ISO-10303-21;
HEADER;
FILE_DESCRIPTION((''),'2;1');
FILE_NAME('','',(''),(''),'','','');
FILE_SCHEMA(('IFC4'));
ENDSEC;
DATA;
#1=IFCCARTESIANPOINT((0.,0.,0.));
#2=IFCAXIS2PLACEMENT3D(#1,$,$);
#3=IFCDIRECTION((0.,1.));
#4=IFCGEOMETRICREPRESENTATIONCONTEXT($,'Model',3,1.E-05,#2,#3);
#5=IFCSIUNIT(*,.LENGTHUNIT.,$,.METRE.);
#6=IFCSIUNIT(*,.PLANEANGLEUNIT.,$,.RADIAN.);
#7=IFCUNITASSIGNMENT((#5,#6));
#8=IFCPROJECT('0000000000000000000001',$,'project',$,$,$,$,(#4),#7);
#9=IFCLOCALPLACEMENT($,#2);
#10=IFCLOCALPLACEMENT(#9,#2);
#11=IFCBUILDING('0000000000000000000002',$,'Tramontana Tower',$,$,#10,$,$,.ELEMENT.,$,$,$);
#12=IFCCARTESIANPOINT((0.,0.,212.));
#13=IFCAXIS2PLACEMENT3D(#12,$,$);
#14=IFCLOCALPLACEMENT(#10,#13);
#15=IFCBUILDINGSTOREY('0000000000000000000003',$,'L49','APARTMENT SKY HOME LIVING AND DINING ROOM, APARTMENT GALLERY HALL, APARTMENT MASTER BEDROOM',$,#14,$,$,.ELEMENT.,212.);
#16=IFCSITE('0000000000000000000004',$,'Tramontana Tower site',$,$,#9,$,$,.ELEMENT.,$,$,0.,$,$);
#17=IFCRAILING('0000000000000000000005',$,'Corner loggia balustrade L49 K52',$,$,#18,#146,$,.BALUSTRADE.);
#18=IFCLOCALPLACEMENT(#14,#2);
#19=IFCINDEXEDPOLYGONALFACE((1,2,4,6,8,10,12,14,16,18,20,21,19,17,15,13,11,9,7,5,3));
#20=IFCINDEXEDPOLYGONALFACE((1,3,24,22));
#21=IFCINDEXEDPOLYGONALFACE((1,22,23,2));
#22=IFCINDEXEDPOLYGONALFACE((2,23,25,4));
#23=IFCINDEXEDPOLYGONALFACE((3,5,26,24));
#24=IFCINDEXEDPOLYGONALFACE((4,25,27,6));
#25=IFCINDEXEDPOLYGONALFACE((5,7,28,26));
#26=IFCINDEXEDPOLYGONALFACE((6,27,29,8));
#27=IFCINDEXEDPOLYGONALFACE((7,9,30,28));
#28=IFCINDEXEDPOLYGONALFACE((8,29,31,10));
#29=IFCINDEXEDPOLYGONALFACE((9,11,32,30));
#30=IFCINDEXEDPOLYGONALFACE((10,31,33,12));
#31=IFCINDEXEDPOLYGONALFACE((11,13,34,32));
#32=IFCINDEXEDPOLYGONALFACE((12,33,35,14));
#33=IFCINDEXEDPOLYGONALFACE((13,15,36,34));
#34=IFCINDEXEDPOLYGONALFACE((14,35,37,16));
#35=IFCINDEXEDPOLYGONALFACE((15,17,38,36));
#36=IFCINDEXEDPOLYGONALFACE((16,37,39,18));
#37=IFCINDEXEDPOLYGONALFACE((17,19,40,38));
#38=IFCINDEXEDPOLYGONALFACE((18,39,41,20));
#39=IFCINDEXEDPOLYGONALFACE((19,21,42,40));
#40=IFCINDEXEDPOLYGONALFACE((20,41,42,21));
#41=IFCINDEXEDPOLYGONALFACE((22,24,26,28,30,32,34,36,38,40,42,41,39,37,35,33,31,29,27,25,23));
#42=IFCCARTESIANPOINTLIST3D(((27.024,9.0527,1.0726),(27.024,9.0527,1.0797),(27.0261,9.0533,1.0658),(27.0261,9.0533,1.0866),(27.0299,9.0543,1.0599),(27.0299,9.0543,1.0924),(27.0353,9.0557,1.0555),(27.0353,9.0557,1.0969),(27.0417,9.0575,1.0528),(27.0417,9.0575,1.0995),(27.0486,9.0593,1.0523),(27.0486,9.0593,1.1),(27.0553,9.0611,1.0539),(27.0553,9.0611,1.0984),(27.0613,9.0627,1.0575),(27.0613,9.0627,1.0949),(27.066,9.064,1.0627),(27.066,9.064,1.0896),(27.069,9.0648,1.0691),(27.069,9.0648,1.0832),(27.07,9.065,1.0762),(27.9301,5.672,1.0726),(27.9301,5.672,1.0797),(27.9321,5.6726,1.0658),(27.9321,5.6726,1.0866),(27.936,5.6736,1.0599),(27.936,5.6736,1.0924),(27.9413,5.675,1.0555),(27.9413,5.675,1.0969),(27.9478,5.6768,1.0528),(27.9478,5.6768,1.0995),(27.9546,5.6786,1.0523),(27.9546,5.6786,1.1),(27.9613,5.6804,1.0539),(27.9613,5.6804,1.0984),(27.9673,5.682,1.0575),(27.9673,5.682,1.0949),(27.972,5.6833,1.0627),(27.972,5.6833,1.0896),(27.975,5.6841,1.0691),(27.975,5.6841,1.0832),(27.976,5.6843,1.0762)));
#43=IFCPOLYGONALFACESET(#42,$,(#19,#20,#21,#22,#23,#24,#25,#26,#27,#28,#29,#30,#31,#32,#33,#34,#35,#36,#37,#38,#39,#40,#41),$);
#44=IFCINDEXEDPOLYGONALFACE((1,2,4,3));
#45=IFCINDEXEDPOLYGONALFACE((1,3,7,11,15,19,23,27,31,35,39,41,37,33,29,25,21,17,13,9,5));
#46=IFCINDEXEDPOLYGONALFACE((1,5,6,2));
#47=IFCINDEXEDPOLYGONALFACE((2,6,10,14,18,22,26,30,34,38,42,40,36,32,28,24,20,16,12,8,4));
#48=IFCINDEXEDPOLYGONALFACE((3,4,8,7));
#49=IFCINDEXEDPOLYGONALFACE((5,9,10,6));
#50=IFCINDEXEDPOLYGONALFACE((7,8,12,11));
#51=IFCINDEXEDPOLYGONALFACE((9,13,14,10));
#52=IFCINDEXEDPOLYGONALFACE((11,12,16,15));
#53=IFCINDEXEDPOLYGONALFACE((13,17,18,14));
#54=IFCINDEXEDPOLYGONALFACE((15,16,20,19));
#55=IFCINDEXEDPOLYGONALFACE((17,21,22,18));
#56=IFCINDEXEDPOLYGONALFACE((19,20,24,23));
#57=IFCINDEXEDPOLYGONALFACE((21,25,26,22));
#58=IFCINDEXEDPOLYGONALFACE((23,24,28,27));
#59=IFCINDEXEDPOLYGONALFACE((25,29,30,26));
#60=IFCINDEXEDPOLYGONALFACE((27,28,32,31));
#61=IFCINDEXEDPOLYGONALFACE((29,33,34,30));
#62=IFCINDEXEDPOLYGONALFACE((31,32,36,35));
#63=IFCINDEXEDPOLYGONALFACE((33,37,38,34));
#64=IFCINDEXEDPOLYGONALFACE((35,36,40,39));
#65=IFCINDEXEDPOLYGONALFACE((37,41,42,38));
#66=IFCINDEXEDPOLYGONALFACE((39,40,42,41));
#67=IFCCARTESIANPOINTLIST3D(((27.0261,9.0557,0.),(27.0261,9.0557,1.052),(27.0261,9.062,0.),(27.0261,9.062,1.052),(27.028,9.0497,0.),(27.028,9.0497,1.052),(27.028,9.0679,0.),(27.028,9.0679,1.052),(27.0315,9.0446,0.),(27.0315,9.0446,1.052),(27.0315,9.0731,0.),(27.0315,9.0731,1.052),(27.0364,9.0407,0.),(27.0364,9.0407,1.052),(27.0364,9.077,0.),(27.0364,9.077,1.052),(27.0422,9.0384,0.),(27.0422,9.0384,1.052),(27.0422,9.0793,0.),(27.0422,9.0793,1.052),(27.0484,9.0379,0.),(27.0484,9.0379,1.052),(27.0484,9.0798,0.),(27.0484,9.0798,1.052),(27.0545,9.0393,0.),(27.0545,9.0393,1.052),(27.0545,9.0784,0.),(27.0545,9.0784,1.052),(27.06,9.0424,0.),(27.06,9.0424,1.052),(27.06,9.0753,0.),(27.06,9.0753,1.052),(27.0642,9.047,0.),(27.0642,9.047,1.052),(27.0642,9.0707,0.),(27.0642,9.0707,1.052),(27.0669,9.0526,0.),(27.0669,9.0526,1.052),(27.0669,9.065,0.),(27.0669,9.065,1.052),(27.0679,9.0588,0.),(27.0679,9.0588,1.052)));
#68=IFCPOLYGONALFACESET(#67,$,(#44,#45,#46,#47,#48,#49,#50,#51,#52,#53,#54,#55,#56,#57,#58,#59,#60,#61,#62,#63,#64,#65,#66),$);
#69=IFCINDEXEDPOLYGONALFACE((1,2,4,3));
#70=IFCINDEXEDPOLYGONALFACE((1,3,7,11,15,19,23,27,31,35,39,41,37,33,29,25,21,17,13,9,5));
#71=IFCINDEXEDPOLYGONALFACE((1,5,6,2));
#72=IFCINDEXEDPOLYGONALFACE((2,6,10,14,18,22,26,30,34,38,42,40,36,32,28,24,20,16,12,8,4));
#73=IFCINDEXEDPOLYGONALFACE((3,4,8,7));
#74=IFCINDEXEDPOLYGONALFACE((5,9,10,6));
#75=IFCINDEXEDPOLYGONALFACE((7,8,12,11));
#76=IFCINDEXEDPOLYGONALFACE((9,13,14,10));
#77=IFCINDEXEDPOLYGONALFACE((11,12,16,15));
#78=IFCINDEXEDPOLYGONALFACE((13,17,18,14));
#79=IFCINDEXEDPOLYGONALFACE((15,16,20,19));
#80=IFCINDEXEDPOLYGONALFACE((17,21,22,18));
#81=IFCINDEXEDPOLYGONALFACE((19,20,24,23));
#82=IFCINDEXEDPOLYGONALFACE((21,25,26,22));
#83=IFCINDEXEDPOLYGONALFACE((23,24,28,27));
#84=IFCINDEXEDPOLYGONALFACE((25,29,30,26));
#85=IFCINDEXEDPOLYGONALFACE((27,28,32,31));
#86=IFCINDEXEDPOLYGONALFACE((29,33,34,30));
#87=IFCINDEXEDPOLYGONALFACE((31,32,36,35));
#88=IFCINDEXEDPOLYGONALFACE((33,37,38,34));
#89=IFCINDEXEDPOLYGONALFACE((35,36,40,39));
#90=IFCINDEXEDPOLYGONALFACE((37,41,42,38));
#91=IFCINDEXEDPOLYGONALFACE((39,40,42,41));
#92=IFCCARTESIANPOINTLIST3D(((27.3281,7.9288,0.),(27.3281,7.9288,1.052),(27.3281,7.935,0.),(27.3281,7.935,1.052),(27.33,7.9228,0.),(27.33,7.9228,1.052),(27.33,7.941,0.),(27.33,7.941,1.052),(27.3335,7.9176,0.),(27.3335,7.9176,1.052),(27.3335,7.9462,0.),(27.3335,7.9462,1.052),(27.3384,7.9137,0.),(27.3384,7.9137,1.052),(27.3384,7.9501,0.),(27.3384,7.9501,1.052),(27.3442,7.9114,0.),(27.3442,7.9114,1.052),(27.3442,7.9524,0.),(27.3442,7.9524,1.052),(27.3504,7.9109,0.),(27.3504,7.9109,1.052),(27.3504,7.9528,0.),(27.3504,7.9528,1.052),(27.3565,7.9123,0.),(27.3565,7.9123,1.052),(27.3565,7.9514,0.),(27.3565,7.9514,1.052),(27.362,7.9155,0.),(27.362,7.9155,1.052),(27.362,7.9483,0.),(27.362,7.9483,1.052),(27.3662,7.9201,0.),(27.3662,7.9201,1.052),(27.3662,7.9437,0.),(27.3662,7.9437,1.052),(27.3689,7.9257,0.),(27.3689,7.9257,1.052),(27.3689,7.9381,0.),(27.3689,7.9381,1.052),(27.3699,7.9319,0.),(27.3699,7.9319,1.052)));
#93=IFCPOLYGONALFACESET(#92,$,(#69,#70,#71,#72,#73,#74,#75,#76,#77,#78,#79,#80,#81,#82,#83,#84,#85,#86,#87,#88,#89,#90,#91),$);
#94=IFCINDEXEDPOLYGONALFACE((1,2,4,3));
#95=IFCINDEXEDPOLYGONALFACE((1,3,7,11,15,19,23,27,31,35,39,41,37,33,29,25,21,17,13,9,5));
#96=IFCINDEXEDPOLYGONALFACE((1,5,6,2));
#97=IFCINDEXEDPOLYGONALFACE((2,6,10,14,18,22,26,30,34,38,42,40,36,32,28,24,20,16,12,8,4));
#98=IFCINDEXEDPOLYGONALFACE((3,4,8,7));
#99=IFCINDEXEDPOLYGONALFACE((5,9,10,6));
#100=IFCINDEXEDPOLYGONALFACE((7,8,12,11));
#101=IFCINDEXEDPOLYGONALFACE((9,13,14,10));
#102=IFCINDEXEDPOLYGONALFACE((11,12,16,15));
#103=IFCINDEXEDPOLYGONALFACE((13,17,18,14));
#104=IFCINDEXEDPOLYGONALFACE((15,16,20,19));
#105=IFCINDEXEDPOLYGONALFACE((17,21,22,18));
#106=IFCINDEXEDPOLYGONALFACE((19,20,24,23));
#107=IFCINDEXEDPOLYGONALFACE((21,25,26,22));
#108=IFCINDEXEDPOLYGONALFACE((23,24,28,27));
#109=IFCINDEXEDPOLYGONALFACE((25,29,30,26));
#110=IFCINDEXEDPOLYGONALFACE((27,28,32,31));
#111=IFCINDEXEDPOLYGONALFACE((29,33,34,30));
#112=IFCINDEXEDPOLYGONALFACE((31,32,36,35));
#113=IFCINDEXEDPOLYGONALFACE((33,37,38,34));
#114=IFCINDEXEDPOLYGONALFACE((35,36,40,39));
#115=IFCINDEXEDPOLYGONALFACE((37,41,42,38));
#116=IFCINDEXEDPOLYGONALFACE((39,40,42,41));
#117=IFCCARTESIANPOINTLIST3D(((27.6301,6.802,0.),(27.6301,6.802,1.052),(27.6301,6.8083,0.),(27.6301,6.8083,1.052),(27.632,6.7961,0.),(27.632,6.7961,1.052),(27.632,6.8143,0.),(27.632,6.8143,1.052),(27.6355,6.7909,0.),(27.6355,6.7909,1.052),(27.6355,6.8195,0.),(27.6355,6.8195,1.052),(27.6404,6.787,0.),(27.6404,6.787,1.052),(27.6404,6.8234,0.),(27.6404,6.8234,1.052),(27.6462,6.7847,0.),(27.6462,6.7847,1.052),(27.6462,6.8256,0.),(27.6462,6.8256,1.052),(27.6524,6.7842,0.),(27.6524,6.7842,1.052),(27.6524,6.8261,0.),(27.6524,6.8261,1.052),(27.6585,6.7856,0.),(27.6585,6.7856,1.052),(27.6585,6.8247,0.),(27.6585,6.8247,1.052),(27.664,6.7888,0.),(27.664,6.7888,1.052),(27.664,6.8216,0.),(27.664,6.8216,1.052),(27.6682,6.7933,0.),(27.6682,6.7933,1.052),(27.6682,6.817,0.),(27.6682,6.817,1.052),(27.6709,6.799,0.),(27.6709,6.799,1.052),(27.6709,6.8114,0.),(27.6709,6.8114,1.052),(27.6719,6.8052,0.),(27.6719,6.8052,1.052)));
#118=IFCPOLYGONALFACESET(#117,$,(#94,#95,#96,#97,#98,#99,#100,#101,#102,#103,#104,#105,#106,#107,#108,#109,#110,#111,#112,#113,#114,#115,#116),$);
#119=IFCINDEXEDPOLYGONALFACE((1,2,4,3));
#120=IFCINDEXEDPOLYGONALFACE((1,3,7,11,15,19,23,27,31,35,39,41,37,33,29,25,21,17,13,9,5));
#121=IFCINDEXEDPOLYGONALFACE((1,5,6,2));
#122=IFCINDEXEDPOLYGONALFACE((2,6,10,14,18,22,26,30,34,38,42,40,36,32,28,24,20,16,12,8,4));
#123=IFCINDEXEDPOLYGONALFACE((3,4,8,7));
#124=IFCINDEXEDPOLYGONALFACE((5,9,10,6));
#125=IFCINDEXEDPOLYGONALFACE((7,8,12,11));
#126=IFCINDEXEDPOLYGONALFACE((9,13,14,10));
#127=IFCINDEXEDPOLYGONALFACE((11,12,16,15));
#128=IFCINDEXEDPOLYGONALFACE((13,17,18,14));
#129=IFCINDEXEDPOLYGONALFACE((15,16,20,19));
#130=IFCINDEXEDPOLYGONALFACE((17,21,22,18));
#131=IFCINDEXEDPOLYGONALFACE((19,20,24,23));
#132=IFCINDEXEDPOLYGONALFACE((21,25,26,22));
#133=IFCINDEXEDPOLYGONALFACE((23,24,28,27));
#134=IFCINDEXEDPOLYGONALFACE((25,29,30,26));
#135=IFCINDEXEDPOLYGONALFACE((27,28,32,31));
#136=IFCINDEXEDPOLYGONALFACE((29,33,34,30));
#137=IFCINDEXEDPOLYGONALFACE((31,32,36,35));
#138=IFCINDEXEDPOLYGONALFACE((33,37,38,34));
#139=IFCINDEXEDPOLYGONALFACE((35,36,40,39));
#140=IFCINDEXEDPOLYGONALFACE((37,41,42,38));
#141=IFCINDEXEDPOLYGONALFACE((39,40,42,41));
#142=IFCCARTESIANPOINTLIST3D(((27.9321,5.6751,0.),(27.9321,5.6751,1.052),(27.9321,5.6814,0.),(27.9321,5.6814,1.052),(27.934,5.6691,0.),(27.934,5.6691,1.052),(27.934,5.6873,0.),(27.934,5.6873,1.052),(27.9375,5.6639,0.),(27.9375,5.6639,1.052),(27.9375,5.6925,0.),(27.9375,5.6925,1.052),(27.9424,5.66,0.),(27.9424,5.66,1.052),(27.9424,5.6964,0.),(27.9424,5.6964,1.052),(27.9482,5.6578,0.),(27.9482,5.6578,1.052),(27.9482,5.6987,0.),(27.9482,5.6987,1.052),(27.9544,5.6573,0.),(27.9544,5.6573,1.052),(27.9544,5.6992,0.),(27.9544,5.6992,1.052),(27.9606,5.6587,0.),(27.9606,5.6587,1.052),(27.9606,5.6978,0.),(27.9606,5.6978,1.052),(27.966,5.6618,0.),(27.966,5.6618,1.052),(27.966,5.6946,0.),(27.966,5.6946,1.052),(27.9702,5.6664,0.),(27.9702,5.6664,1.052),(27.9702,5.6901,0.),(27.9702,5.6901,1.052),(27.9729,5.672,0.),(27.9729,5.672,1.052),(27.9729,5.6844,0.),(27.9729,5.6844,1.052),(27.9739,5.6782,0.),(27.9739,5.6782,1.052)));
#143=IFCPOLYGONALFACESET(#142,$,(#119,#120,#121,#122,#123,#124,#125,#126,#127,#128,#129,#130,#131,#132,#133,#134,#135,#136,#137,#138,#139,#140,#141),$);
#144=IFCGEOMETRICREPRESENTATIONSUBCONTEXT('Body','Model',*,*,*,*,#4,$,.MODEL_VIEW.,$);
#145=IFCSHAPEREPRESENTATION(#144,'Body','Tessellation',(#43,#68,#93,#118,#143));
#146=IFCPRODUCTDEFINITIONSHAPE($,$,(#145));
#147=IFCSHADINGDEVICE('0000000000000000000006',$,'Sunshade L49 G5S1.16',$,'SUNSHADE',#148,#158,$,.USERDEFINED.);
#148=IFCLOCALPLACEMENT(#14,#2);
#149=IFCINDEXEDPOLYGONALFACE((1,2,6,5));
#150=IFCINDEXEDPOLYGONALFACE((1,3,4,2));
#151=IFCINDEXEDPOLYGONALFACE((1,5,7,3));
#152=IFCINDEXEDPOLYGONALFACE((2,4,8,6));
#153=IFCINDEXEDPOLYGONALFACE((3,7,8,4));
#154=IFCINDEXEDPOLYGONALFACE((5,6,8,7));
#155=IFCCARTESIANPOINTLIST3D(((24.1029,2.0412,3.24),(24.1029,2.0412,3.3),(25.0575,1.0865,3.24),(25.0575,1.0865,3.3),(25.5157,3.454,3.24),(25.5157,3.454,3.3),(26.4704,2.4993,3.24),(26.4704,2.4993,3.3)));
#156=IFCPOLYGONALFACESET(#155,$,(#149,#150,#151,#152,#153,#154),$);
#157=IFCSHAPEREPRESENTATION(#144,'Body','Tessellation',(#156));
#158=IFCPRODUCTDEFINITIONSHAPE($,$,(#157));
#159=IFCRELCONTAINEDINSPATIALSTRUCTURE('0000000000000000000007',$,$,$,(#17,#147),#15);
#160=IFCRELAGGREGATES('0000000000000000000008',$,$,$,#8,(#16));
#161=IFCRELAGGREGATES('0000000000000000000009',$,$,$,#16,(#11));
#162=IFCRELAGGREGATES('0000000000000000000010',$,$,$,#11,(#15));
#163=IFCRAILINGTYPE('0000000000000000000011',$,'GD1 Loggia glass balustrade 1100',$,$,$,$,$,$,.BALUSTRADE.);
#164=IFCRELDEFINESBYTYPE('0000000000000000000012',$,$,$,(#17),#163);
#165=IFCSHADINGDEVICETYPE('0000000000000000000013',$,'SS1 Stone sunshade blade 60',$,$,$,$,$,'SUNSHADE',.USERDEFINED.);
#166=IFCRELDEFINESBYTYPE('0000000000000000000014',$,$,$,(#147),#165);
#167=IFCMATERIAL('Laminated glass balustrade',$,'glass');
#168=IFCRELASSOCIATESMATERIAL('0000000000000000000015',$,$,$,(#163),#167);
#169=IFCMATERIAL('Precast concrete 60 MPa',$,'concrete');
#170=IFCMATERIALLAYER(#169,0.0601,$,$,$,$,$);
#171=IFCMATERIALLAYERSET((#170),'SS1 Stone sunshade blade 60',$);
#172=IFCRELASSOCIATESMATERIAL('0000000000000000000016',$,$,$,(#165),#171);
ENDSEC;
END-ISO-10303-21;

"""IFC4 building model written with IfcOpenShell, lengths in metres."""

from ifc_helpers import new_model, si_unit, direction, frame, origin, origin_2d, place, context, subcontext, project, spatial, rectangle, circle, extrude, material, layer, layer_set, type_object, element, save


model = new_model("IFC4")

# Units and contexts
model_context = context("Model", 3, precision=1e-05, world=origin(), true_north=direction((0.0, 1.0)))
body_context = subcontext(model_context, "Body", "Model", "MODEL_VIEW")
ifc_project = project(units=[si_unit("LENGTHUNIT", "METRE"), si_unit("PLANEANGLEUNIT", "RADIAN")], contexts=[model_context])

# Site, building, storey
site_placement = place(None, origin())
site = spatial("IfcSite", under=ifc_project, at=site_placement, Name="Tramontana Tower site", CompositionType="ELEMENT", RefElevation=0.0)
building_placement = place(site_placement, origin())
building = spatial("IfcBuilding", under=site, at=building_placement, Name="Tramontana Tower", CompositionType="ELEMENT")
storey_placement = place(building_placement, frame((0.0, 0.0, 212.0)))
storey = spatial("IfcBuildingStorey", under=building, at=storey_placement, Name="L49", Description="APARTMENT SKY HOME LIVING AND DINING ROOM, APARTMENT GALLERY HALL, APARTMENT MASTER BEDROOM", CompositionType="ELEMENT", Elevation=212.0)

# Railing
ifc_material_1 = material(Name="Laminated glass balustrade", Category="glass")
railing_type = type_object("IfcRailingType", Name="GD1 Loggia glass balustrade 1100", PredefinedType="BALUSTRADE", material=ifc_material_1)
railing_1_placement = place(storey_placement, frame((27.0469, 9.0588, 0.0)))
element("IfcRailing", 1, at=railing_1_placement, inside=storey, type_object=railing_type, Name="Corner loggia balustrade L49 K52", PredefinedType="BALUSTRADE", context=body_context, shape_type="SweptSolid", body=[
    extrude(circle(Radius=0.0239, at=origin_2d()), frame((0.0, 0.0, 1.0762), z_axis=(0.258865, -0.965913, 0.0), x_axis=(0.965913, 0.258865, 0.0)), (0.0, 0.0, 1.0), 3.5),
    extrude(circle(Radius=0.021, at=origin_2d()), origin(), (0.0, 0.0, 1.0), 1.052),
    extrude(circle(Radius=0.021, at=origin_2d()), frame((0.302, -1.127, 0.0)), (0.0, 0.0, 1.0), 1.052),
    extrude(circle(Radius=0.021, at=origin_2d()), frame((0.604, -2.2537, 0.0)), (0.0, 0.0, 1.0), 1.052),
    extrude(circle(Radius=0.021, at=origin_2d()), frame((0.906, -3.3806, 0.0)), (0.0, 0.0, 1.0), 1.052),
])

# Shading device
ifc_material_2 = material(Name="Precast concrete 60 MPa", Category="concrete")
ifc_layer_1 = layer(ifc_material_2, 0.0601)
ifc_layer_set_1 = layer_set([ifc_layer_1], Name="SS1 Stone sunshade blade 60")
shading_device_type = type_object("IfcShadingDeviceType", Name="SS1 Stone sunshade blade 60", ElementType="SUNSHADE", PredefinedType="USERDEFINED", material=ifc_layer_set_1)
shading_device_placement = place(storey_placement, frame((25.2866, 2.2703, 3.24), z_axis=(0.0, 0.0, 1.0), x_axis=(0.707107, 0.707107, 0.0)))
element("IfcShadingDevice", 2, at=shading_device_placement, inside=storey, type_object=shading_device_type, Name="Sunshade L49 G5S1.16", ObjectType="SUNSHADE", PredefinedType="USERDEFINED", context=body_context, shape_type="SweptSolid", body=[
    extrude(rectangle(XDim=1.998, YDim=1.3501, at=origin_2d()), origin(), (0.0, 0.0, 1.0), 0.0601),
])

save(model, "model.ifc")
